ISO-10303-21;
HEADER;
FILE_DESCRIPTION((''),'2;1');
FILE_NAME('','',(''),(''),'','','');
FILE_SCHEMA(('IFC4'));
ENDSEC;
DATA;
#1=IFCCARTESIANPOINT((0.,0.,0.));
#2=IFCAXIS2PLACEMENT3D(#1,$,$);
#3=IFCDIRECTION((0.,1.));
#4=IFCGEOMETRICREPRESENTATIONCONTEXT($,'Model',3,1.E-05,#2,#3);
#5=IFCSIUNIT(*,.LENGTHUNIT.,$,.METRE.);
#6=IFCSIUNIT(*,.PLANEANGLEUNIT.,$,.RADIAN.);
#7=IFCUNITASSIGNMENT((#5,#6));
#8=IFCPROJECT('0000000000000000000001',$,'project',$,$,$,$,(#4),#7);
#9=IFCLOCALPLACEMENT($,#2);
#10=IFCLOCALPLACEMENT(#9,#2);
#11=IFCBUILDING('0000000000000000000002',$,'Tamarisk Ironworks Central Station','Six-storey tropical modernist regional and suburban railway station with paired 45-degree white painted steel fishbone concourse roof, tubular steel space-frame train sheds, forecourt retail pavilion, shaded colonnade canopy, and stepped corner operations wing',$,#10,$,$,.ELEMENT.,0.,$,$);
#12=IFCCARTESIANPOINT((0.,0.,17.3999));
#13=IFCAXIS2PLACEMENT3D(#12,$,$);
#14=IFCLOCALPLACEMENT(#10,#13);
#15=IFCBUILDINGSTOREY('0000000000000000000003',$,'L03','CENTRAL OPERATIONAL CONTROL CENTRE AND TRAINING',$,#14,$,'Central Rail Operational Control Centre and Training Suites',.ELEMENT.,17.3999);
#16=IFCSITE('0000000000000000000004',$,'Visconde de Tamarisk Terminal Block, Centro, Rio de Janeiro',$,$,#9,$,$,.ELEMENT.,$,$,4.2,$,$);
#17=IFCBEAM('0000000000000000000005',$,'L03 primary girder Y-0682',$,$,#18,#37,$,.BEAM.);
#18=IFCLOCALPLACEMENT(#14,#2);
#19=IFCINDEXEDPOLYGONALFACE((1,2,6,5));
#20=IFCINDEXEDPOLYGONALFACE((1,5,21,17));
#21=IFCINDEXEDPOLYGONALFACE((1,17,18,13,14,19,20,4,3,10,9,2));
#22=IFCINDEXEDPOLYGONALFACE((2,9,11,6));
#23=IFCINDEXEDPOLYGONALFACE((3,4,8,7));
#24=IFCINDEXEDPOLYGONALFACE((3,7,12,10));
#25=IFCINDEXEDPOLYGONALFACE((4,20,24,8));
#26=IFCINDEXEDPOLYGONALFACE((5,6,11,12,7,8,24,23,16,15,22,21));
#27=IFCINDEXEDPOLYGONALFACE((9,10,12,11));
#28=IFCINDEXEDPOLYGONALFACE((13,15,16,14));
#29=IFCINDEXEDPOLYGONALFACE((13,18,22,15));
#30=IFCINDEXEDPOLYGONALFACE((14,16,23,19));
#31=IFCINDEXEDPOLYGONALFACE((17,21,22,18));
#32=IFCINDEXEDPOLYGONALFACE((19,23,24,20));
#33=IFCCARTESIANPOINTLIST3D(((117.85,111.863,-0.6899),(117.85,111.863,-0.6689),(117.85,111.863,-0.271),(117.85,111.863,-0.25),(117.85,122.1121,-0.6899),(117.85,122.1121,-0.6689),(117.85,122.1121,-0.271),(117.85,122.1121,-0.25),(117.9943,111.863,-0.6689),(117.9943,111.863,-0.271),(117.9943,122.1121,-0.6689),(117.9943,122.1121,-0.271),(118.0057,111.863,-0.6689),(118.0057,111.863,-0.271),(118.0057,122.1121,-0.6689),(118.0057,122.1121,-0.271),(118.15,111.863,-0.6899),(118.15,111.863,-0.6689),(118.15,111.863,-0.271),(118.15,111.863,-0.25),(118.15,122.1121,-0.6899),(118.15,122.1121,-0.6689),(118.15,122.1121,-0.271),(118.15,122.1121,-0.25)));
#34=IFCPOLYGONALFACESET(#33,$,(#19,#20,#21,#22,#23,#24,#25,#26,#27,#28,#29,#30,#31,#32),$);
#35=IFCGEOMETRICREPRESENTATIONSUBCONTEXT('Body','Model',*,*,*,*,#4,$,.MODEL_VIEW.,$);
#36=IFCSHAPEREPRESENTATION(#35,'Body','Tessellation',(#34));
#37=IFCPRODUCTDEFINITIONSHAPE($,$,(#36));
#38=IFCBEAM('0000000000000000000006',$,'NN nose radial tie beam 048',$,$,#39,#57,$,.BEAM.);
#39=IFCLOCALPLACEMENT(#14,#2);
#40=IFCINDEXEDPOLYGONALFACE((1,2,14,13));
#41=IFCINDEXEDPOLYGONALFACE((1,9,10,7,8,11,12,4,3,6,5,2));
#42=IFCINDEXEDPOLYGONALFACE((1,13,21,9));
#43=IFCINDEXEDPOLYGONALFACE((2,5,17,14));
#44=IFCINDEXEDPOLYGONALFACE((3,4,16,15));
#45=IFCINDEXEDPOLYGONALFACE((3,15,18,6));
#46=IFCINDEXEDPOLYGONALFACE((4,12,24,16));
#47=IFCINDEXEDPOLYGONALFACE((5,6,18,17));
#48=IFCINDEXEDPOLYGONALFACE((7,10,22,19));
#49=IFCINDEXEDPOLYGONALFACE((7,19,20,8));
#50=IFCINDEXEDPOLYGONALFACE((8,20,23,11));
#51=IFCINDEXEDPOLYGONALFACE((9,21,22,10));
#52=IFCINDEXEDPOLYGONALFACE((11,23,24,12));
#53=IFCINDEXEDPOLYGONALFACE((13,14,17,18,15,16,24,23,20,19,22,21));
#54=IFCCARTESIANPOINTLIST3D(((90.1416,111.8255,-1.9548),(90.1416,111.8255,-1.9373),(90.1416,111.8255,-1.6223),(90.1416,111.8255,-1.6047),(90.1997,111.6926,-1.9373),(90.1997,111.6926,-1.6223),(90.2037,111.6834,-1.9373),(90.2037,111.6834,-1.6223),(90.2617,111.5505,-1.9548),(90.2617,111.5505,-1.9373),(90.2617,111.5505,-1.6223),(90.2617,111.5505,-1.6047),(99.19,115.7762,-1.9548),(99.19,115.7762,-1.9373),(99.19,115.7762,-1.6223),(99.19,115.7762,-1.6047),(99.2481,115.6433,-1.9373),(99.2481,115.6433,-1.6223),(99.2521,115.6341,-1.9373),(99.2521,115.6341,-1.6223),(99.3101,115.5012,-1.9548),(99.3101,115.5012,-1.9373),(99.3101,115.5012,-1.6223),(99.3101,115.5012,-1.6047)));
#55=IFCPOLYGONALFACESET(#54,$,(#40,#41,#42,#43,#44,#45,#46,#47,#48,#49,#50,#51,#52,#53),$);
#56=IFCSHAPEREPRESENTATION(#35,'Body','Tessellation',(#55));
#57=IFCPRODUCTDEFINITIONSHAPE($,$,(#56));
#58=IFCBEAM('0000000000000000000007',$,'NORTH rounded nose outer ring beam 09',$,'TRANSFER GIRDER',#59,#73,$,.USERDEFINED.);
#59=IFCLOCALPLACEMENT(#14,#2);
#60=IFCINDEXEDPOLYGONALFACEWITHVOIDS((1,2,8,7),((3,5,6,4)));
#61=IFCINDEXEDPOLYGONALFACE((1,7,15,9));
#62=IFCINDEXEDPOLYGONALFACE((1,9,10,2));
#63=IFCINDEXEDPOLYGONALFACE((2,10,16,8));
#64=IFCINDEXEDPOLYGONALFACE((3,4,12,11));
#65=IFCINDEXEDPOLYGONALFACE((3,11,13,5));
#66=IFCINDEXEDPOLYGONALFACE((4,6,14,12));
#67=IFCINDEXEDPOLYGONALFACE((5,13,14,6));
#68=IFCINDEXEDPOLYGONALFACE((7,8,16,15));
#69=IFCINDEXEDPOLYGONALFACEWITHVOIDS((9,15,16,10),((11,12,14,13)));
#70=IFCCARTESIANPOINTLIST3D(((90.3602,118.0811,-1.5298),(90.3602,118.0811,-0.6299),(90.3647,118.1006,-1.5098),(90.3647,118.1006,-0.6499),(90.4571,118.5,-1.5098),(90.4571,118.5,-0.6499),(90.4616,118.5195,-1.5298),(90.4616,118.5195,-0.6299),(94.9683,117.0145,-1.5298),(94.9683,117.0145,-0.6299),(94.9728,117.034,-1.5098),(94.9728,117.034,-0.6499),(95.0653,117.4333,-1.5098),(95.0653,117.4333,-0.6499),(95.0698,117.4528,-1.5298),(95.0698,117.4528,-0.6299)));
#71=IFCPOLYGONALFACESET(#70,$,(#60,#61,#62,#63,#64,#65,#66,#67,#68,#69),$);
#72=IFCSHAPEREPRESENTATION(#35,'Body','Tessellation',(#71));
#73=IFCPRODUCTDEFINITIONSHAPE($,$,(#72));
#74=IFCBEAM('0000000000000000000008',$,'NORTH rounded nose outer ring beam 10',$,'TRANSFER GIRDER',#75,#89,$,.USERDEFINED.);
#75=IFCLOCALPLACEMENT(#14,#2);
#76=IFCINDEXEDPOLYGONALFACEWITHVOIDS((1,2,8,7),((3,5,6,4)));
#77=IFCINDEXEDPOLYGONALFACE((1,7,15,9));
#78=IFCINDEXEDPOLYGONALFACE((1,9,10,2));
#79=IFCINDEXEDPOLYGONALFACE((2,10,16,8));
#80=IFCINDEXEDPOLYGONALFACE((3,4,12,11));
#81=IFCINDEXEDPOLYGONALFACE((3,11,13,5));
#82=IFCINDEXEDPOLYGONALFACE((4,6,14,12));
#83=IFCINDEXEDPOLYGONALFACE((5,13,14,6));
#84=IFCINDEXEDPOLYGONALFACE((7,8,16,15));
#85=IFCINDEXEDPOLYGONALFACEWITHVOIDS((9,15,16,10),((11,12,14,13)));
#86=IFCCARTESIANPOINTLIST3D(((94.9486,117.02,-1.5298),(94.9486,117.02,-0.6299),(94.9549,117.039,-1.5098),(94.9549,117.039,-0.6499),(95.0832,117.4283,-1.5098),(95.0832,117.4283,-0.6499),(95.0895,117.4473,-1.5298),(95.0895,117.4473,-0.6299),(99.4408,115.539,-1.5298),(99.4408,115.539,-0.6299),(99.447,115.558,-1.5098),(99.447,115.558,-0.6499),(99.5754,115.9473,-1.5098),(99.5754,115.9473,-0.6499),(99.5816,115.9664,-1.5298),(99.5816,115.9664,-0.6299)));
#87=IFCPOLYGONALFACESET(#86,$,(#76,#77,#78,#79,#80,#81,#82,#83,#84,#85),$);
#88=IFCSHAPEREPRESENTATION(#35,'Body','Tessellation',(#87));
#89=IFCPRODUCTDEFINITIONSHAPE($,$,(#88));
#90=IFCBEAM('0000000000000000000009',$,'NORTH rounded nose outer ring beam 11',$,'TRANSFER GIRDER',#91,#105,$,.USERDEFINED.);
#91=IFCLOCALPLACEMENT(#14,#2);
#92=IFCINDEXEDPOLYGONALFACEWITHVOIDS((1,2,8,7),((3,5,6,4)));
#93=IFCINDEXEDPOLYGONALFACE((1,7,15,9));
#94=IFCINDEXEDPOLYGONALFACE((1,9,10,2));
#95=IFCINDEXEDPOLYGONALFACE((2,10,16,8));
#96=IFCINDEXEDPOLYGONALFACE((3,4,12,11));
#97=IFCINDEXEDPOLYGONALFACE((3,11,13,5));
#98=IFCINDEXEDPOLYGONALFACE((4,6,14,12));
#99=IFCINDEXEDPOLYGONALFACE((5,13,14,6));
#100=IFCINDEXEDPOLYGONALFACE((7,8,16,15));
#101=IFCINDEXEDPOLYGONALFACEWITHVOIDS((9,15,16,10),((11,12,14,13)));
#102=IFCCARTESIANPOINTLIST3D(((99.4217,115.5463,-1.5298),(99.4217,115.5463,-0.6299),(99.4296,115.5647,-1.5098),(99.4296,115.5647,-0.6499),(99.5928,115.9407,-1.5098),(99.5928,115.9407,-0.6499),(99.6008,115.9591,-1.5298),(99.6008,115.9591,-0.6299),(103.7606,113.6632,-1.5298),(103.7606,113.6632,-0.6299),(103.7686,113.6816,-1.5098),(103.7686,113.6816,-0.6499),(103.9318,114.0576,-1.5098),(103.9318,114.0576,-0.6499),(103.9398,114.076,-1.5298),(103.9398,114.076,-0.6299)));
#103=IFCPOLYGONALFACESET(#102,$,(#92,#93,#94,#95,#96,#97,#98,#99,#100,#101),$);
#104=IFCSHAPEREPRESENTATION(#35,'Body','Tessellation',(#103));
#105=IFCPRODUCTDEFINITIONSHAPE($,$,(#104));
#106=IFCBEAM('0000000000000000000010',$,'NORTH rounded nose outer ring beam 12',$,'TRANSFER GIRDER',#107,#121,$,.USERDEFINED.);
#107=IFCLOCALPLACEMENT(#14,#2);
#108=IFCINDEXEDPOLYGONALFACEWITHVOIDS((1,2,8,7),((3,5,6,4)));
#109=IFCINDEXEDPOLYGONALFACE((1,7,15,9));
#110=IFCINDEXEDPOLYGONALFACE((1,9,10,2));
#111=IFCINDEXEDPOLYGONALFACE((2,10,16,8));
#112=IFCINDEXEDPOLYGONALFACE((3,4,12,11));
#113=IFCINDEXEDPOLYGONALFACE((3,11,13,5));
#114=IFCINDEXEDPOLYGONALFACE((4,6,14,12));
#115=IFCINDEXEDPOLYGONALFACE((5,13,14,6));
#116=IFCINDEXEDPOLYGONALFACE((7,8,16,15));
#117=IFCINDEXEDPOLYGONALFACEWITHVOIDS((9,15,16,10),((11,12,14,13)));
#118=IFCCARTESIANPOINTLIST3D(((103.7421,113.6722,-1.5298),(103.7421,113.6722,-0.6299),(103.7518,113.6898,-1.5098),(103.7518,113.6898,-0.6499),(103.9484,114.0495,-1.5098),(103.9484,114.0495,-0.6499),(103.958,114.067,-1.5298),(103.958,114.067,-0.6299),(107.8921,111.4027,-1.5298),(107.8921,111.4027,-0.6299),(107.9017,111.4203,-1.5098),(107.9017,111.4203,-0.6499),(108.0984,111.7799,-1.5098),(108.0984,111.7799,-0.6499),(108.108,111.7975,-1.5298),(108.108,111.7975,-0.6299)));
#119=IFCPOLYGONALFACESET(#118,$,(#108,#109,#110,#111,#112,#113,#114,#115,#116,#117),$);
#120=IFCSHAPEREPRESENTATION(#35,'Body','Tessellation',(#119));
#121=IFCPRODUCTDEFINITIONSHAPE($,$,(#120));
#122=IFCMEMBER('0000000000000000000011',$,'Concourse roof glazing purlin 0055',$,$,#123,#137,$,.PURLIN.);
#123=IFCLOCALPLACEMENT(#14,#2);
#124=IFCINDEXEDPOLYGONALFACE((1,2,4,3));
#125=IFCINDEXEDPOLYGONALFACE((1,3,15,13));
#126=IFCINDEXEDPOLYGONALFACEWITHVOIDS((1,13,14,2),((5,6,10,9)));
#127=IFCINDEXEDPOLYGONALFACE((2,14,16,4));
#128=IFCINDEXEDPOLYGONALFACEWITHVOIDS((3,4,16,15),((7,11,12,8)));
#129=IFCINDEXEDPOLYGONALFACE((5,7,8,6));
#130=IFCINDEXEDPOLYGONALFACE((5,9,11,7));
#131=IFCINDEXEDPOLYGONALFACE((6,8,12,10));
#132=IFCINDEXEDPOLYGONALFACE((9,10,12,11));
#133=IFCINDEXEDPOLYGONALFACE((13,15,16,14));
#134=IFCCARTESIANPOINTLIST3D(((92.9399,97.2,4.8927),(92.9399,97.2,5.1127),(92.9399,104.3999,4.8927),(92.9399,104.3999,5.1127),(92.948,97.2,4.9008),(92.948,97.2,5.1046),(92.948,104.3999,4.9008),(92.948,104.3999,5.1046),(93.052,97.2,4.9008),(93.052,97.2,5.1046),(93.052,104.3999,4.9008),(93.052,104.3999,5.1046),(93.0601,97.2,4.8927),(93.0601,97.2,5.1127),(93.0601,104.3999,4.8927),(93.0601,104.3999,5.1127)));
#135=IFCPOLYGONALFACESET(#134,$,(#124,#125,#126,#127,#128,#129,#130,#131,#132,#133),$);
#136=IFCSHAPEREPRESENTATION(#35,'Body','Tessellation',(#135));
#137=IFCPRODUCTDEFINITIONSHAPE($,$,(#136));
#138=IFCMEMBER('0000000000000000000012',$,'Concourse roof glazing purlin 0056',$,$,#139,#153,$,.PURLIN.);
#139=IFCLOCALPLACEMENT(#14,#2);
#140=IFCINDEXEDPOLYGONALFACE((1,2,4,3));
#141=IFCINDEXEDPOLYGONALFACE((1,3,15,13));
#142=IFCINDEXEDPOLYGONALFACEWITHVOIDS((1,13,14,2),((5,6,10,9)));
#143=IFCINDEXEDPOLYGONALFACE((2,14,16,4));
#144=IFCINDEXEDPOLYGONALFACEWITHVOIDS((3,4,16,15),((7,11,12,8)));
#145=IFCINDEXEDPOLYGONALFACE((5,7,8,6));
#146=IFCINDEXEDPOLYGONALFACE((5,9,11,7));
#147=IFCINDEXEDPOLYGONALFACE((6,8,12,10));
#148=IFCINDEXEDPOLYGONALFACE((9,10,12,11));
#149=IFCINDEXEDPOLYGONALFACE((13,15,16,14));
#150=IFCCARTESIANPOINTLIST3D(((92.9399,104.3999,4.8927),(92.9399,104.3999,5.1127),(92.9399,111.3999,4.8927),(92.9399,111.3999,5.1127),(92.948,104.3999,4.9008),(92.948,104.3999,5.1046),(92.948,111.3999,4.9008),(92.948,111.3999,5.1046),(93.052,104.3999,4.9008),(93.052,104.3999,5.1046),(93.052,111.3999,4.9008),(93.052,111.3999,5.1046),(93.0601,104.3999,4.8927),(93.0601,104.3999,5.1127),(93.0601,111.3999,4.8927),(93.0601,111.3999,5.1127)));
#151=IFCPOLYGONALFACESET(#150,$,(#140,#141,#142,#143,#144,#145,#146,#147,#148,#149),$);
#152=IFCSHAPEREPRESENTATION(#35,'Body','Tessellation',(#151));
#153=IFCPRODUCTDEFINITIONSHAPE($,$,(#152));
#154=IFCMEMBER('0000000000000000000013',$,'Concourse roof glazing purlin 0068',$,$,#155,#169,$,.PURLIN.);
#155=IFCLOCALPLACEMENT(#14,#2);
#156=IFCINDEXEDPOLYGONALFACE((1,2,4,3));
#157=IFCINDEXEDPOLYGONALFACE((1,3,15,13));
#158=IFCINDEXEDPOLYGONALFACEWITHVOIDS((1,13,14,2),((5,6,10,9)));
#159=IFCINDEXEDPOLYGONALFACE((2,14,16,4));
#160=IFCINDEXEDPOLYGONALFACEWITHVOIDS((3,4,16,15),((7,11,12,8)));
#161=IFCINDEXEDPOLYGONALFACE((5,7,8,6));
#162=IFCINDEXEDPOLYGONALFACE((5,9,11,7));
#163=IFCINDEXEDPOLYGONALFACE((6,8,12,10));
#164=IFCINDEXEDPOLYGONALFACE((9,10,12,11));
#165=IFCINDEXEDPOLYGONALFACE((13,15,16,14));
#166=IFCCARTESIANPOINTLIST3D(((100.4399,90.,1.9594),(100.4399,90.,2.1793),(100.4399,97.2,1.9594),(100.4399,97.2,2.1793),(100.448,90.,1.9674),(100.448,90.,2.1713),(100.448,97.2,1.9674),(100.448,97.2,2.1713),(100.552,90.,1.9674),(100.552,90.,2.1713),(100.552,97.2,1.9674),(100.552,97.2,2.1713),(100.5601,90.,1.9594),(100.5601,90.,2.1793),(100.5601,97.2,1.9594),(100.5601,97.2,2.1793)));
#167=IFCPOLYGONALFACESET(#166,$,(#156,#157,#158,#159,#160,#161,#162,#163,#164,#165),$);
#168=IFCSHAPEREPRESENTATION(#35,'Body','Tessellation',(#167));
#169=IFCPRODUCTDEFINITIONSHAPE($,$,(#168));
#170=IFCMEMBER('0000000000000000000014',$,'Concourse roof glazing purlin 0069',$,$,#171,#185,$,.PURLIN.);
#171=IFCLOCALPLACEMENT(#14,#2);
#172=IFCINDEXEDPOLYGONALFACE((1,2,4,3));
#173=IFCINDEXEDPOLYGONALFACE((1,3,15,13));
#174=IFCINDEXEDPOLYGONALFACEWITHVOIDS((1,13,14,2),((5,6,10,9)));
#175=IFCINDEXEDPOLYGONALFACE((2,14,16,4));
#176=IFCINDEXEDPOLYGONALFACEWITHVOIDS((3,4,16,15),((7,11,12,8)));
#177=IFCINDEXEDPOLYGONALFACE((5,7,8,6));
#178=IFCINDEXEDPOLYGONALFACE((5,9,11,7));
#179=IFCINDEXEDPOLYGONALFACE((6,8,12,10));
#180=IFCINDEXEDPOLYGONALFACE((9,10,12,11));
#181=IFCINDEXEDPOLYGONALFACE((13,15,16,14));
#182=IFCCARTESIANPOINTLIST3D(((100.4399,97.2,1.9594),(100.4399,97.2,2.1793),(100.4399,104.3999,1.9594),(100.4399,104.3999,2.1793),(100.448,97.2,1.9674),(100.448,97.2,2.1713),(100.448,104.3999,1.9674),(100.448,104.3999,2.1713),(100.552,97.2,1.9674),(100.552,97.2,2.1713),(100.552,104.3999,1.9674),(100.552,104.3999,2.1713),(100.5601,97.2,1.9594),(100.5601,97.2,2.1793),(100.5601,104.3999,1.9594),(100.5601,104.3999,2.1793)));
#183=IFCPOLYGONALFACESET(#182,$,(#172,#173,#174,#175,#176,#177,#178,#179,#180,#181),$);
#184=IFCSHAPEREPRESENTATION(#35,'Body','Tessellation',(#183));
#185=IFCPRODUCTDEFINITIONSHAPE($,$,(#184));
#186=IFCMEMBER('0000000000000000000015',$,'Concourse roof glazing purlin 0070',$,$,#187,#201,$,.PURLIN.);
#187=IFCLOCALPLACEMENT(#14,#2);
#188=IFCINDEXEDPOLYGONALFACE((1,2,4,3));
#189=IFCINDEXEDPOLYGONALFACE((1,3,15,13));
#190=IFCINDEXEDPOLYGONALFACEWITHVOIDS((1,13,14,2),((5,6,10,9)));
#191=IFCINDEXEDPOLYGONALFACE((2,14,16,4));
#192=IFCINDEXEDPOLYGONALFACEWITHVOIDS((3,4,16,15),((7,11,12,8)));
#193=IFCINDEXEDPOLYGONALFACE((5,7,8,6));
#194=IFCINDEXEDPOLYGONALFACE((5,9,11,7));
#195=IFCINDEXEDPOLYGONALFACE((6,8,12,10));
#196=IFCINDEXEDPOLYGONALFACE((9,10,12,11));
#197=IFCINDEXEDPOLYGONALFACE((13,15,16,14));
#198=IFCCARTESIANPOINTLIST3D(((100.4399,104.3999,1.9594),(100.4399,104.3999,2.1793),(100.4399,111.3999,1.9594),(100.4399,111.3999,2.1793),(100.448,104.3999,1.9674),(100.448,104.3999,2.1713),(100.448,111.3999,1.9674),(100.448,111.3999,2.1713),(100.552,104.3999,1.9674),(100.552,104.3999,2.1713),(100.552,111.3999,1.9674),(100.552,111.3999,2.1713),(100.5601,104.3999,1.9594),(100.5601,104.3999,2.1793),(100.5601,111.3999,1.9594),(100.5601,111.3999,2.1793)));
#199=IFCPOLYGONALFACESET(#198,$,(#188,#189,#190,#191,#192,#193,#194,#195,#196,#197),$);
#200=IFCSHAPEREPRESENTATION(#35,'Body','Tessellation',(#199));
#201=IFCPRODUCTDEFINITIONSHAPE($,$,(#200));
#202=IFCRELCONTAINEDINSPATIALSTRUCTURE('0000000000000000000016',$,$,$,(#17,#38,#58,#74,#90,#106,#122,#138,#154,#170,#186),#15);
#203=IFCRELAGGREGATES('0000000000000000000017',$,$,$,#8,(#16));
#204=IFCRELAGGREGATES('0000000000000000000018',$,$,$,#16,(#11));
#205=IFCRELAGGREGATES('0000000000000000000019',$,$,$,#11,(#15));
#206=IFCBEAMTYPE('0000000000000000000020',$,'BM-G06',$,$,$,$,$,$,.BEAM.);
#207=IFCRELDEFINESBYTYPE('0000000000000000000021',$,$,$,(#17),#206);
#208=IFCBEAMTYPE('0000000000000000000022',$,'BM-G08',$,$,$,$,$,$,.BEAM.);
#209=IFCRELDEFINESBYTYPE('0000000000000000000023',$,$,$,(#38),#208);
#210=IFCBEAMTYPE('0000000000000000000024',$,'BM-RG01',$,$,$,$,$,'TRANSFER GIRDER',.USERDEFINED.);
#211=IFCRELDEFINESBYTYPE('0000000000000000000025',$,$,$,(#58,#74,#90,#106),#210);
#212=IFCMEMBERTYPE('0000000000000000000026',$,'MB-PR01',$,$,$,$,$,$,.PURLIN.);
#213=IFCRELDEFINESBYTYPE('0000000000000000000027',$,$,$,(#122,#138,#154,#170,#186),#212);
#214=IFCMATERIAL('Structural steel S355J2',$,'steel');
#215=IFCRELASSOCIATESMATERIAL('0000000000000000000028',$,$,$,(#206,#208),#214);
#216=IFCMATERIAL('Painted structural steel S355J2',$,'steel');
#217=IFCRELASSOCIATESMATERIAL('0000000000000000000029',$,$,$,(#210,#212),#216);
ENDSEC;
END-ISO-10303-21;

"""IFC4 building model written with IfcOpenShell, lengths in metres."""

from ifc_helpers import new_model, si_unit, direction, frame, origin, origin_2d, place, context, subcontext, project, spatial, hollow_rectangle, i_section, extrude, material, material_profile, profile_set, type_object, element, save


model = new_model("IFC4")

# Units and contexts
model_context = context("Model", 3, precision=1e-05, world=origin(), true_north=direction((0.0, 1.0)))
body_context = subcontext(model_context, "Body", "Model", "MODEL_VIEW")
ifc_project = project(units=[si_unit("LENGTHUNIT", "METRE"), si_unit("PLANEANGLEUNIT", "RADIAN")], contexts=[model_context])

# Site, building, storey
site_placement = place(None, origin())
site = spatial("IfcSite", under=ifc_project, at=site_placement, Name="Visconde de Tamarisk Terminal Block, Centro, Rio de Janeiro", CompositionType="ELEMENT", RefElevation=4.2)
building_placement = place(site_placement, origin())
building = spatial("IfcBuilding", under=site, at=building_placement, Name="Tamarisk Ironworks Central Station", Description="Six-storey tropical modernist regional and suburban railway station with paired 45-degree white painted steel fishbone concourse roof, tubular steel space-frame train sheds, forecourt retail pavilion, shaded colonnade canopy, and stepped corner operations wing", CompositionType="ELEMENT", ElevationOfRefHeight=0.0)
storey_placement = place(building_placement, frame((0.0, 0.0, 17.3999)))
storey = spatial("IfcBuildingStorey", under=building, at=storey_placement, Name="L03", Description="CENTRAL OPERATIONAL CONTROL CENTRE AND TRAINING", LongName="Central Rail Operational Control Centre and Training Suites", CompositionType="ELEMENT", Elevation=17.3999)

# Shared definitions
ifc_material_1 = material(Name="Structural steel S355J2", Category="steel")

# Beams
ifc_material_2 = material(Name="Painted structural steel S355J2", Category="steel")
ifc_material_profile_1 = material_profile(ifc_material_1, i_section(OverallWidth=0.3, OverallDepth=0.4399, WebThickness=0.0115, FlangeThickness=0.021, at=origin_2d()), Name="HEA 450")
ifc_profile_set_1 = profile_set([ifc_material_profile_1], Name="Structural steel S355J2")
beam_type_1 = type_object("IfcBeamType", Name="BM-G06", PredefinedType="BEAM", material=ifc_profile_set_1)
beam_1_placement = place(storey_placement, frame((118.0, 111.863, -0.47), z_axis=(0.0, 1.0, 0.0), x_axis=(-1.0, 0.0, 0.0)))
element("IfcBeam", 1, at=beam_1_placement, inside=storey, type_object=beam_type_1, Name="L03 primary girder Y-0682", PredefinedType="BEAM", context=body_context, shape_type="SweptSolid", body=[
    extrude(i_section(OverallWidth=0.3, OverallDepth=0.4399, WebThickness=0.0115, FlangeThickness=0.021, at=origin_2d()), origin(), (0.0, 0.0, 1.0), 10.249),
])
ifc_material_profile_2 = material_profile(ifc_material_1, i_section(OverallWidth=0.3, OverallDepth=0.3501, WebThickness=0.01, FlangeThickness=0.0176, at=origin_2d()), Name="HEA 360")
ifc_profile_set_2 = profile_set([ifc_material_profile_2], Name="Structural steel S355J2")
beam_type_2 = type_object("IfcBeamType", Name="BM-G08", PredefinedType="BEAM", material=ifc_profile_set_2)
beam_2_placement = place(storey_placement, frame((90.2017, 111.688, -1.7798), z_axis=(0.916453, 0.400142, 0.0), x_axis=(-0.400142, 0.916453, 0.0)))
element("IfcBeam", 2, at=beam_2_placement, inside=storey, type_object=beam_type_2, Name="NN nose radial tie beam 048", PredefinedType="BEAM", context=body_context, shape_type="SweptSolid", body=[
    extrude(i_section(OverallWidth=0.3, OverallDepth=0.3501, WebThickness=0.01, FlangeThickness=0.0176, at=origin_2d()), origin(), (0.0, 0.0, 1.0), 9.8733),
])
ifc_material_profile_3 = material_profile(ifc_material_2, hollow_rectangle(XDim=0.45, YDim=0.8999, WallThickness=0.02, at=origin_2d()), Name="BOX 450x900x20")
ifc_profile_set_3 = profile_set([ifc_material_profile_3], Name="Painted structural steel S355J2")
beam_type_3 = type_object("IfcBeamType", Name="BM-RG01", ElementType="TRANSFER GIRDER", PredefinedType="USERDEFINED", material=ifc_profile_set_3)
for number, where, z_axis, x_axis, name in (
    (3, (90.4109, 118.3003, -1.0798), (0.974241, -0.225508, 0.0), (0.225508, 0.974241, 0.0), "NORTH rounded nose outer ring beam 09"),
    (4, (95.019, 117.2336, -1.0798), (0.949721, -0.313098, 0.0), (0.313098, 0.949721, 0.0), "NORTH rounded nose outer ring beam 10"),
    (5, (99.5112, 115.7527, -1.0798), (0.917333, -0.39812, 0.0), (0.39812, 0.917333, 0.0), "NORTH rounded nose outer ring beam 11"),
    (6, (103.8501, 113.8696, -1.0798), (0.877366, -0.479821, 0.0), (0.479821, 0.877366, 0.0), "NORTH rounded nose outer ring beam 12"),
):
    element("IfcBeam", number, at=place(storey_placement, frame(where, z_axis=z_axis, x_axis=x_axis)), inside=storey, type_object=beam_type_3, Name=name, ObjectType="TRANSFER GIRDER", PredefinedType="USERDEFINED", context=body_context, shape_type="SweptSolid", body=[
        extrude(hollow_rectangle(XDim=0.45, YDim=0.8999, WallThickness=0.02, at=origin_2d()), origin(), (0.0, 0.0, 1.0), 4.73),
    ])

# Members
ifc_material_profile_4 = material_profile(ifc_material_2, hollow_rectangle(XDim=0.1201, YDim=0.22, WallThickness=0.0081, at=origin_2d()), Name="RHS 220x120x8")
ifc_profile_set_4 = profile_set([ifc_material_profile_4], Name="Painted structural steel S355J2")
member_type = type_object("IfcMemberType", Name="MB-PR01", PredefinedType="PURLIN", material=ifc_profile_set_4)
member_1_placement = place(storey_placement, frame((93.0, 97.2, 5.0027), z_axis=(0.0, 1.0, 0.0), x_axis=(-1.0, 0.0, 0.0)))
element("IfcMember", 7, at=member_1_placement, inside=storey, type_object=member_type, Name="Concourse roof glazing purlin 0055", PredefinedType="PURLIN", context=body_context, shape_type="SweptSolid", body=[
    extrude(hollow_rectangle(XDim=0.1201, YDim=0.22, WallThickness=0.0081, at=origin_2d()), origin(), (0.0, 0.0, 1.0), 7.2),
])
member_2_placement = place(storey_placement, frame((93.0, 104.3999, 5.0027), z_axis=(0.0, 1.0, 0.0), x_axis=(-1.0, 0.0, 0.0)))
element("IfcMember", 8, at=member_2_placement, inside=storey, type_object=member_type, Name="Concourse roof glazing purlin 0056", PredefinedType="PURLIN", context=body_context, shape_type="SweptSolid", body=[
    extrude(hollow_rectangle(XDim=0.1201, YDim=0.22, WallThickness=0.0081, at=origin_2d()), origin(), (0.0, 0.0, 1.0), 7.0),
])
for number, where, z_axis, x_axis, name in (
    (9, (100.5, 90.0, 2.0693), (0.0, 1.0, 0.0), (-1.0, 0.0, 0.0), "Concourse roof glazing purlin 0068"),
    (10, (100.5, 97.2, 2.0693), (0.0, 1.0, 0.0), (-1.0, 0.0, 0.0), "Concourse roof glazing purlin 0069"),
):
    element("IfcMember", number, at=place(storey_placement, frame(where, z_axis=z_axis, x_axis=x_axis)), inside=storey, type_object=member_type, Name=name, PredefinedType="PURLIN", context=body_context, shape_type="SweptSolid", body=[
        extrude(hollow_rectangle(XDim=0.1201, YDim=0.22, WallThickness=0.0081, at=origin_2d()), origin(), (0.0, 0.0, 1.0), 7.2),
    ])
member_3_placement = place(storey_placement, frame((100.5, 104.3999, 2.0693), z_axis=(0.0, 1.0, 0.0), x_axis=(-1.0, 0.0, 0.0)))
element("IfcMember", 11, at=member_3_placement, inside=storey, type_object=member_type, Name="Concourse roof glazing purlin 0070", PredefinedType="PURLIN", context=body_context, shape_type="SweptSolid", body=[
    extrude(hollow_rectangle(XDim=0.1201, YDim=0.22, WallThickness=0.0081, at=origin_2d()), origin(), (0.0, 0.0, 1.0), 7.0),
])

save(model, "model.ifc")
